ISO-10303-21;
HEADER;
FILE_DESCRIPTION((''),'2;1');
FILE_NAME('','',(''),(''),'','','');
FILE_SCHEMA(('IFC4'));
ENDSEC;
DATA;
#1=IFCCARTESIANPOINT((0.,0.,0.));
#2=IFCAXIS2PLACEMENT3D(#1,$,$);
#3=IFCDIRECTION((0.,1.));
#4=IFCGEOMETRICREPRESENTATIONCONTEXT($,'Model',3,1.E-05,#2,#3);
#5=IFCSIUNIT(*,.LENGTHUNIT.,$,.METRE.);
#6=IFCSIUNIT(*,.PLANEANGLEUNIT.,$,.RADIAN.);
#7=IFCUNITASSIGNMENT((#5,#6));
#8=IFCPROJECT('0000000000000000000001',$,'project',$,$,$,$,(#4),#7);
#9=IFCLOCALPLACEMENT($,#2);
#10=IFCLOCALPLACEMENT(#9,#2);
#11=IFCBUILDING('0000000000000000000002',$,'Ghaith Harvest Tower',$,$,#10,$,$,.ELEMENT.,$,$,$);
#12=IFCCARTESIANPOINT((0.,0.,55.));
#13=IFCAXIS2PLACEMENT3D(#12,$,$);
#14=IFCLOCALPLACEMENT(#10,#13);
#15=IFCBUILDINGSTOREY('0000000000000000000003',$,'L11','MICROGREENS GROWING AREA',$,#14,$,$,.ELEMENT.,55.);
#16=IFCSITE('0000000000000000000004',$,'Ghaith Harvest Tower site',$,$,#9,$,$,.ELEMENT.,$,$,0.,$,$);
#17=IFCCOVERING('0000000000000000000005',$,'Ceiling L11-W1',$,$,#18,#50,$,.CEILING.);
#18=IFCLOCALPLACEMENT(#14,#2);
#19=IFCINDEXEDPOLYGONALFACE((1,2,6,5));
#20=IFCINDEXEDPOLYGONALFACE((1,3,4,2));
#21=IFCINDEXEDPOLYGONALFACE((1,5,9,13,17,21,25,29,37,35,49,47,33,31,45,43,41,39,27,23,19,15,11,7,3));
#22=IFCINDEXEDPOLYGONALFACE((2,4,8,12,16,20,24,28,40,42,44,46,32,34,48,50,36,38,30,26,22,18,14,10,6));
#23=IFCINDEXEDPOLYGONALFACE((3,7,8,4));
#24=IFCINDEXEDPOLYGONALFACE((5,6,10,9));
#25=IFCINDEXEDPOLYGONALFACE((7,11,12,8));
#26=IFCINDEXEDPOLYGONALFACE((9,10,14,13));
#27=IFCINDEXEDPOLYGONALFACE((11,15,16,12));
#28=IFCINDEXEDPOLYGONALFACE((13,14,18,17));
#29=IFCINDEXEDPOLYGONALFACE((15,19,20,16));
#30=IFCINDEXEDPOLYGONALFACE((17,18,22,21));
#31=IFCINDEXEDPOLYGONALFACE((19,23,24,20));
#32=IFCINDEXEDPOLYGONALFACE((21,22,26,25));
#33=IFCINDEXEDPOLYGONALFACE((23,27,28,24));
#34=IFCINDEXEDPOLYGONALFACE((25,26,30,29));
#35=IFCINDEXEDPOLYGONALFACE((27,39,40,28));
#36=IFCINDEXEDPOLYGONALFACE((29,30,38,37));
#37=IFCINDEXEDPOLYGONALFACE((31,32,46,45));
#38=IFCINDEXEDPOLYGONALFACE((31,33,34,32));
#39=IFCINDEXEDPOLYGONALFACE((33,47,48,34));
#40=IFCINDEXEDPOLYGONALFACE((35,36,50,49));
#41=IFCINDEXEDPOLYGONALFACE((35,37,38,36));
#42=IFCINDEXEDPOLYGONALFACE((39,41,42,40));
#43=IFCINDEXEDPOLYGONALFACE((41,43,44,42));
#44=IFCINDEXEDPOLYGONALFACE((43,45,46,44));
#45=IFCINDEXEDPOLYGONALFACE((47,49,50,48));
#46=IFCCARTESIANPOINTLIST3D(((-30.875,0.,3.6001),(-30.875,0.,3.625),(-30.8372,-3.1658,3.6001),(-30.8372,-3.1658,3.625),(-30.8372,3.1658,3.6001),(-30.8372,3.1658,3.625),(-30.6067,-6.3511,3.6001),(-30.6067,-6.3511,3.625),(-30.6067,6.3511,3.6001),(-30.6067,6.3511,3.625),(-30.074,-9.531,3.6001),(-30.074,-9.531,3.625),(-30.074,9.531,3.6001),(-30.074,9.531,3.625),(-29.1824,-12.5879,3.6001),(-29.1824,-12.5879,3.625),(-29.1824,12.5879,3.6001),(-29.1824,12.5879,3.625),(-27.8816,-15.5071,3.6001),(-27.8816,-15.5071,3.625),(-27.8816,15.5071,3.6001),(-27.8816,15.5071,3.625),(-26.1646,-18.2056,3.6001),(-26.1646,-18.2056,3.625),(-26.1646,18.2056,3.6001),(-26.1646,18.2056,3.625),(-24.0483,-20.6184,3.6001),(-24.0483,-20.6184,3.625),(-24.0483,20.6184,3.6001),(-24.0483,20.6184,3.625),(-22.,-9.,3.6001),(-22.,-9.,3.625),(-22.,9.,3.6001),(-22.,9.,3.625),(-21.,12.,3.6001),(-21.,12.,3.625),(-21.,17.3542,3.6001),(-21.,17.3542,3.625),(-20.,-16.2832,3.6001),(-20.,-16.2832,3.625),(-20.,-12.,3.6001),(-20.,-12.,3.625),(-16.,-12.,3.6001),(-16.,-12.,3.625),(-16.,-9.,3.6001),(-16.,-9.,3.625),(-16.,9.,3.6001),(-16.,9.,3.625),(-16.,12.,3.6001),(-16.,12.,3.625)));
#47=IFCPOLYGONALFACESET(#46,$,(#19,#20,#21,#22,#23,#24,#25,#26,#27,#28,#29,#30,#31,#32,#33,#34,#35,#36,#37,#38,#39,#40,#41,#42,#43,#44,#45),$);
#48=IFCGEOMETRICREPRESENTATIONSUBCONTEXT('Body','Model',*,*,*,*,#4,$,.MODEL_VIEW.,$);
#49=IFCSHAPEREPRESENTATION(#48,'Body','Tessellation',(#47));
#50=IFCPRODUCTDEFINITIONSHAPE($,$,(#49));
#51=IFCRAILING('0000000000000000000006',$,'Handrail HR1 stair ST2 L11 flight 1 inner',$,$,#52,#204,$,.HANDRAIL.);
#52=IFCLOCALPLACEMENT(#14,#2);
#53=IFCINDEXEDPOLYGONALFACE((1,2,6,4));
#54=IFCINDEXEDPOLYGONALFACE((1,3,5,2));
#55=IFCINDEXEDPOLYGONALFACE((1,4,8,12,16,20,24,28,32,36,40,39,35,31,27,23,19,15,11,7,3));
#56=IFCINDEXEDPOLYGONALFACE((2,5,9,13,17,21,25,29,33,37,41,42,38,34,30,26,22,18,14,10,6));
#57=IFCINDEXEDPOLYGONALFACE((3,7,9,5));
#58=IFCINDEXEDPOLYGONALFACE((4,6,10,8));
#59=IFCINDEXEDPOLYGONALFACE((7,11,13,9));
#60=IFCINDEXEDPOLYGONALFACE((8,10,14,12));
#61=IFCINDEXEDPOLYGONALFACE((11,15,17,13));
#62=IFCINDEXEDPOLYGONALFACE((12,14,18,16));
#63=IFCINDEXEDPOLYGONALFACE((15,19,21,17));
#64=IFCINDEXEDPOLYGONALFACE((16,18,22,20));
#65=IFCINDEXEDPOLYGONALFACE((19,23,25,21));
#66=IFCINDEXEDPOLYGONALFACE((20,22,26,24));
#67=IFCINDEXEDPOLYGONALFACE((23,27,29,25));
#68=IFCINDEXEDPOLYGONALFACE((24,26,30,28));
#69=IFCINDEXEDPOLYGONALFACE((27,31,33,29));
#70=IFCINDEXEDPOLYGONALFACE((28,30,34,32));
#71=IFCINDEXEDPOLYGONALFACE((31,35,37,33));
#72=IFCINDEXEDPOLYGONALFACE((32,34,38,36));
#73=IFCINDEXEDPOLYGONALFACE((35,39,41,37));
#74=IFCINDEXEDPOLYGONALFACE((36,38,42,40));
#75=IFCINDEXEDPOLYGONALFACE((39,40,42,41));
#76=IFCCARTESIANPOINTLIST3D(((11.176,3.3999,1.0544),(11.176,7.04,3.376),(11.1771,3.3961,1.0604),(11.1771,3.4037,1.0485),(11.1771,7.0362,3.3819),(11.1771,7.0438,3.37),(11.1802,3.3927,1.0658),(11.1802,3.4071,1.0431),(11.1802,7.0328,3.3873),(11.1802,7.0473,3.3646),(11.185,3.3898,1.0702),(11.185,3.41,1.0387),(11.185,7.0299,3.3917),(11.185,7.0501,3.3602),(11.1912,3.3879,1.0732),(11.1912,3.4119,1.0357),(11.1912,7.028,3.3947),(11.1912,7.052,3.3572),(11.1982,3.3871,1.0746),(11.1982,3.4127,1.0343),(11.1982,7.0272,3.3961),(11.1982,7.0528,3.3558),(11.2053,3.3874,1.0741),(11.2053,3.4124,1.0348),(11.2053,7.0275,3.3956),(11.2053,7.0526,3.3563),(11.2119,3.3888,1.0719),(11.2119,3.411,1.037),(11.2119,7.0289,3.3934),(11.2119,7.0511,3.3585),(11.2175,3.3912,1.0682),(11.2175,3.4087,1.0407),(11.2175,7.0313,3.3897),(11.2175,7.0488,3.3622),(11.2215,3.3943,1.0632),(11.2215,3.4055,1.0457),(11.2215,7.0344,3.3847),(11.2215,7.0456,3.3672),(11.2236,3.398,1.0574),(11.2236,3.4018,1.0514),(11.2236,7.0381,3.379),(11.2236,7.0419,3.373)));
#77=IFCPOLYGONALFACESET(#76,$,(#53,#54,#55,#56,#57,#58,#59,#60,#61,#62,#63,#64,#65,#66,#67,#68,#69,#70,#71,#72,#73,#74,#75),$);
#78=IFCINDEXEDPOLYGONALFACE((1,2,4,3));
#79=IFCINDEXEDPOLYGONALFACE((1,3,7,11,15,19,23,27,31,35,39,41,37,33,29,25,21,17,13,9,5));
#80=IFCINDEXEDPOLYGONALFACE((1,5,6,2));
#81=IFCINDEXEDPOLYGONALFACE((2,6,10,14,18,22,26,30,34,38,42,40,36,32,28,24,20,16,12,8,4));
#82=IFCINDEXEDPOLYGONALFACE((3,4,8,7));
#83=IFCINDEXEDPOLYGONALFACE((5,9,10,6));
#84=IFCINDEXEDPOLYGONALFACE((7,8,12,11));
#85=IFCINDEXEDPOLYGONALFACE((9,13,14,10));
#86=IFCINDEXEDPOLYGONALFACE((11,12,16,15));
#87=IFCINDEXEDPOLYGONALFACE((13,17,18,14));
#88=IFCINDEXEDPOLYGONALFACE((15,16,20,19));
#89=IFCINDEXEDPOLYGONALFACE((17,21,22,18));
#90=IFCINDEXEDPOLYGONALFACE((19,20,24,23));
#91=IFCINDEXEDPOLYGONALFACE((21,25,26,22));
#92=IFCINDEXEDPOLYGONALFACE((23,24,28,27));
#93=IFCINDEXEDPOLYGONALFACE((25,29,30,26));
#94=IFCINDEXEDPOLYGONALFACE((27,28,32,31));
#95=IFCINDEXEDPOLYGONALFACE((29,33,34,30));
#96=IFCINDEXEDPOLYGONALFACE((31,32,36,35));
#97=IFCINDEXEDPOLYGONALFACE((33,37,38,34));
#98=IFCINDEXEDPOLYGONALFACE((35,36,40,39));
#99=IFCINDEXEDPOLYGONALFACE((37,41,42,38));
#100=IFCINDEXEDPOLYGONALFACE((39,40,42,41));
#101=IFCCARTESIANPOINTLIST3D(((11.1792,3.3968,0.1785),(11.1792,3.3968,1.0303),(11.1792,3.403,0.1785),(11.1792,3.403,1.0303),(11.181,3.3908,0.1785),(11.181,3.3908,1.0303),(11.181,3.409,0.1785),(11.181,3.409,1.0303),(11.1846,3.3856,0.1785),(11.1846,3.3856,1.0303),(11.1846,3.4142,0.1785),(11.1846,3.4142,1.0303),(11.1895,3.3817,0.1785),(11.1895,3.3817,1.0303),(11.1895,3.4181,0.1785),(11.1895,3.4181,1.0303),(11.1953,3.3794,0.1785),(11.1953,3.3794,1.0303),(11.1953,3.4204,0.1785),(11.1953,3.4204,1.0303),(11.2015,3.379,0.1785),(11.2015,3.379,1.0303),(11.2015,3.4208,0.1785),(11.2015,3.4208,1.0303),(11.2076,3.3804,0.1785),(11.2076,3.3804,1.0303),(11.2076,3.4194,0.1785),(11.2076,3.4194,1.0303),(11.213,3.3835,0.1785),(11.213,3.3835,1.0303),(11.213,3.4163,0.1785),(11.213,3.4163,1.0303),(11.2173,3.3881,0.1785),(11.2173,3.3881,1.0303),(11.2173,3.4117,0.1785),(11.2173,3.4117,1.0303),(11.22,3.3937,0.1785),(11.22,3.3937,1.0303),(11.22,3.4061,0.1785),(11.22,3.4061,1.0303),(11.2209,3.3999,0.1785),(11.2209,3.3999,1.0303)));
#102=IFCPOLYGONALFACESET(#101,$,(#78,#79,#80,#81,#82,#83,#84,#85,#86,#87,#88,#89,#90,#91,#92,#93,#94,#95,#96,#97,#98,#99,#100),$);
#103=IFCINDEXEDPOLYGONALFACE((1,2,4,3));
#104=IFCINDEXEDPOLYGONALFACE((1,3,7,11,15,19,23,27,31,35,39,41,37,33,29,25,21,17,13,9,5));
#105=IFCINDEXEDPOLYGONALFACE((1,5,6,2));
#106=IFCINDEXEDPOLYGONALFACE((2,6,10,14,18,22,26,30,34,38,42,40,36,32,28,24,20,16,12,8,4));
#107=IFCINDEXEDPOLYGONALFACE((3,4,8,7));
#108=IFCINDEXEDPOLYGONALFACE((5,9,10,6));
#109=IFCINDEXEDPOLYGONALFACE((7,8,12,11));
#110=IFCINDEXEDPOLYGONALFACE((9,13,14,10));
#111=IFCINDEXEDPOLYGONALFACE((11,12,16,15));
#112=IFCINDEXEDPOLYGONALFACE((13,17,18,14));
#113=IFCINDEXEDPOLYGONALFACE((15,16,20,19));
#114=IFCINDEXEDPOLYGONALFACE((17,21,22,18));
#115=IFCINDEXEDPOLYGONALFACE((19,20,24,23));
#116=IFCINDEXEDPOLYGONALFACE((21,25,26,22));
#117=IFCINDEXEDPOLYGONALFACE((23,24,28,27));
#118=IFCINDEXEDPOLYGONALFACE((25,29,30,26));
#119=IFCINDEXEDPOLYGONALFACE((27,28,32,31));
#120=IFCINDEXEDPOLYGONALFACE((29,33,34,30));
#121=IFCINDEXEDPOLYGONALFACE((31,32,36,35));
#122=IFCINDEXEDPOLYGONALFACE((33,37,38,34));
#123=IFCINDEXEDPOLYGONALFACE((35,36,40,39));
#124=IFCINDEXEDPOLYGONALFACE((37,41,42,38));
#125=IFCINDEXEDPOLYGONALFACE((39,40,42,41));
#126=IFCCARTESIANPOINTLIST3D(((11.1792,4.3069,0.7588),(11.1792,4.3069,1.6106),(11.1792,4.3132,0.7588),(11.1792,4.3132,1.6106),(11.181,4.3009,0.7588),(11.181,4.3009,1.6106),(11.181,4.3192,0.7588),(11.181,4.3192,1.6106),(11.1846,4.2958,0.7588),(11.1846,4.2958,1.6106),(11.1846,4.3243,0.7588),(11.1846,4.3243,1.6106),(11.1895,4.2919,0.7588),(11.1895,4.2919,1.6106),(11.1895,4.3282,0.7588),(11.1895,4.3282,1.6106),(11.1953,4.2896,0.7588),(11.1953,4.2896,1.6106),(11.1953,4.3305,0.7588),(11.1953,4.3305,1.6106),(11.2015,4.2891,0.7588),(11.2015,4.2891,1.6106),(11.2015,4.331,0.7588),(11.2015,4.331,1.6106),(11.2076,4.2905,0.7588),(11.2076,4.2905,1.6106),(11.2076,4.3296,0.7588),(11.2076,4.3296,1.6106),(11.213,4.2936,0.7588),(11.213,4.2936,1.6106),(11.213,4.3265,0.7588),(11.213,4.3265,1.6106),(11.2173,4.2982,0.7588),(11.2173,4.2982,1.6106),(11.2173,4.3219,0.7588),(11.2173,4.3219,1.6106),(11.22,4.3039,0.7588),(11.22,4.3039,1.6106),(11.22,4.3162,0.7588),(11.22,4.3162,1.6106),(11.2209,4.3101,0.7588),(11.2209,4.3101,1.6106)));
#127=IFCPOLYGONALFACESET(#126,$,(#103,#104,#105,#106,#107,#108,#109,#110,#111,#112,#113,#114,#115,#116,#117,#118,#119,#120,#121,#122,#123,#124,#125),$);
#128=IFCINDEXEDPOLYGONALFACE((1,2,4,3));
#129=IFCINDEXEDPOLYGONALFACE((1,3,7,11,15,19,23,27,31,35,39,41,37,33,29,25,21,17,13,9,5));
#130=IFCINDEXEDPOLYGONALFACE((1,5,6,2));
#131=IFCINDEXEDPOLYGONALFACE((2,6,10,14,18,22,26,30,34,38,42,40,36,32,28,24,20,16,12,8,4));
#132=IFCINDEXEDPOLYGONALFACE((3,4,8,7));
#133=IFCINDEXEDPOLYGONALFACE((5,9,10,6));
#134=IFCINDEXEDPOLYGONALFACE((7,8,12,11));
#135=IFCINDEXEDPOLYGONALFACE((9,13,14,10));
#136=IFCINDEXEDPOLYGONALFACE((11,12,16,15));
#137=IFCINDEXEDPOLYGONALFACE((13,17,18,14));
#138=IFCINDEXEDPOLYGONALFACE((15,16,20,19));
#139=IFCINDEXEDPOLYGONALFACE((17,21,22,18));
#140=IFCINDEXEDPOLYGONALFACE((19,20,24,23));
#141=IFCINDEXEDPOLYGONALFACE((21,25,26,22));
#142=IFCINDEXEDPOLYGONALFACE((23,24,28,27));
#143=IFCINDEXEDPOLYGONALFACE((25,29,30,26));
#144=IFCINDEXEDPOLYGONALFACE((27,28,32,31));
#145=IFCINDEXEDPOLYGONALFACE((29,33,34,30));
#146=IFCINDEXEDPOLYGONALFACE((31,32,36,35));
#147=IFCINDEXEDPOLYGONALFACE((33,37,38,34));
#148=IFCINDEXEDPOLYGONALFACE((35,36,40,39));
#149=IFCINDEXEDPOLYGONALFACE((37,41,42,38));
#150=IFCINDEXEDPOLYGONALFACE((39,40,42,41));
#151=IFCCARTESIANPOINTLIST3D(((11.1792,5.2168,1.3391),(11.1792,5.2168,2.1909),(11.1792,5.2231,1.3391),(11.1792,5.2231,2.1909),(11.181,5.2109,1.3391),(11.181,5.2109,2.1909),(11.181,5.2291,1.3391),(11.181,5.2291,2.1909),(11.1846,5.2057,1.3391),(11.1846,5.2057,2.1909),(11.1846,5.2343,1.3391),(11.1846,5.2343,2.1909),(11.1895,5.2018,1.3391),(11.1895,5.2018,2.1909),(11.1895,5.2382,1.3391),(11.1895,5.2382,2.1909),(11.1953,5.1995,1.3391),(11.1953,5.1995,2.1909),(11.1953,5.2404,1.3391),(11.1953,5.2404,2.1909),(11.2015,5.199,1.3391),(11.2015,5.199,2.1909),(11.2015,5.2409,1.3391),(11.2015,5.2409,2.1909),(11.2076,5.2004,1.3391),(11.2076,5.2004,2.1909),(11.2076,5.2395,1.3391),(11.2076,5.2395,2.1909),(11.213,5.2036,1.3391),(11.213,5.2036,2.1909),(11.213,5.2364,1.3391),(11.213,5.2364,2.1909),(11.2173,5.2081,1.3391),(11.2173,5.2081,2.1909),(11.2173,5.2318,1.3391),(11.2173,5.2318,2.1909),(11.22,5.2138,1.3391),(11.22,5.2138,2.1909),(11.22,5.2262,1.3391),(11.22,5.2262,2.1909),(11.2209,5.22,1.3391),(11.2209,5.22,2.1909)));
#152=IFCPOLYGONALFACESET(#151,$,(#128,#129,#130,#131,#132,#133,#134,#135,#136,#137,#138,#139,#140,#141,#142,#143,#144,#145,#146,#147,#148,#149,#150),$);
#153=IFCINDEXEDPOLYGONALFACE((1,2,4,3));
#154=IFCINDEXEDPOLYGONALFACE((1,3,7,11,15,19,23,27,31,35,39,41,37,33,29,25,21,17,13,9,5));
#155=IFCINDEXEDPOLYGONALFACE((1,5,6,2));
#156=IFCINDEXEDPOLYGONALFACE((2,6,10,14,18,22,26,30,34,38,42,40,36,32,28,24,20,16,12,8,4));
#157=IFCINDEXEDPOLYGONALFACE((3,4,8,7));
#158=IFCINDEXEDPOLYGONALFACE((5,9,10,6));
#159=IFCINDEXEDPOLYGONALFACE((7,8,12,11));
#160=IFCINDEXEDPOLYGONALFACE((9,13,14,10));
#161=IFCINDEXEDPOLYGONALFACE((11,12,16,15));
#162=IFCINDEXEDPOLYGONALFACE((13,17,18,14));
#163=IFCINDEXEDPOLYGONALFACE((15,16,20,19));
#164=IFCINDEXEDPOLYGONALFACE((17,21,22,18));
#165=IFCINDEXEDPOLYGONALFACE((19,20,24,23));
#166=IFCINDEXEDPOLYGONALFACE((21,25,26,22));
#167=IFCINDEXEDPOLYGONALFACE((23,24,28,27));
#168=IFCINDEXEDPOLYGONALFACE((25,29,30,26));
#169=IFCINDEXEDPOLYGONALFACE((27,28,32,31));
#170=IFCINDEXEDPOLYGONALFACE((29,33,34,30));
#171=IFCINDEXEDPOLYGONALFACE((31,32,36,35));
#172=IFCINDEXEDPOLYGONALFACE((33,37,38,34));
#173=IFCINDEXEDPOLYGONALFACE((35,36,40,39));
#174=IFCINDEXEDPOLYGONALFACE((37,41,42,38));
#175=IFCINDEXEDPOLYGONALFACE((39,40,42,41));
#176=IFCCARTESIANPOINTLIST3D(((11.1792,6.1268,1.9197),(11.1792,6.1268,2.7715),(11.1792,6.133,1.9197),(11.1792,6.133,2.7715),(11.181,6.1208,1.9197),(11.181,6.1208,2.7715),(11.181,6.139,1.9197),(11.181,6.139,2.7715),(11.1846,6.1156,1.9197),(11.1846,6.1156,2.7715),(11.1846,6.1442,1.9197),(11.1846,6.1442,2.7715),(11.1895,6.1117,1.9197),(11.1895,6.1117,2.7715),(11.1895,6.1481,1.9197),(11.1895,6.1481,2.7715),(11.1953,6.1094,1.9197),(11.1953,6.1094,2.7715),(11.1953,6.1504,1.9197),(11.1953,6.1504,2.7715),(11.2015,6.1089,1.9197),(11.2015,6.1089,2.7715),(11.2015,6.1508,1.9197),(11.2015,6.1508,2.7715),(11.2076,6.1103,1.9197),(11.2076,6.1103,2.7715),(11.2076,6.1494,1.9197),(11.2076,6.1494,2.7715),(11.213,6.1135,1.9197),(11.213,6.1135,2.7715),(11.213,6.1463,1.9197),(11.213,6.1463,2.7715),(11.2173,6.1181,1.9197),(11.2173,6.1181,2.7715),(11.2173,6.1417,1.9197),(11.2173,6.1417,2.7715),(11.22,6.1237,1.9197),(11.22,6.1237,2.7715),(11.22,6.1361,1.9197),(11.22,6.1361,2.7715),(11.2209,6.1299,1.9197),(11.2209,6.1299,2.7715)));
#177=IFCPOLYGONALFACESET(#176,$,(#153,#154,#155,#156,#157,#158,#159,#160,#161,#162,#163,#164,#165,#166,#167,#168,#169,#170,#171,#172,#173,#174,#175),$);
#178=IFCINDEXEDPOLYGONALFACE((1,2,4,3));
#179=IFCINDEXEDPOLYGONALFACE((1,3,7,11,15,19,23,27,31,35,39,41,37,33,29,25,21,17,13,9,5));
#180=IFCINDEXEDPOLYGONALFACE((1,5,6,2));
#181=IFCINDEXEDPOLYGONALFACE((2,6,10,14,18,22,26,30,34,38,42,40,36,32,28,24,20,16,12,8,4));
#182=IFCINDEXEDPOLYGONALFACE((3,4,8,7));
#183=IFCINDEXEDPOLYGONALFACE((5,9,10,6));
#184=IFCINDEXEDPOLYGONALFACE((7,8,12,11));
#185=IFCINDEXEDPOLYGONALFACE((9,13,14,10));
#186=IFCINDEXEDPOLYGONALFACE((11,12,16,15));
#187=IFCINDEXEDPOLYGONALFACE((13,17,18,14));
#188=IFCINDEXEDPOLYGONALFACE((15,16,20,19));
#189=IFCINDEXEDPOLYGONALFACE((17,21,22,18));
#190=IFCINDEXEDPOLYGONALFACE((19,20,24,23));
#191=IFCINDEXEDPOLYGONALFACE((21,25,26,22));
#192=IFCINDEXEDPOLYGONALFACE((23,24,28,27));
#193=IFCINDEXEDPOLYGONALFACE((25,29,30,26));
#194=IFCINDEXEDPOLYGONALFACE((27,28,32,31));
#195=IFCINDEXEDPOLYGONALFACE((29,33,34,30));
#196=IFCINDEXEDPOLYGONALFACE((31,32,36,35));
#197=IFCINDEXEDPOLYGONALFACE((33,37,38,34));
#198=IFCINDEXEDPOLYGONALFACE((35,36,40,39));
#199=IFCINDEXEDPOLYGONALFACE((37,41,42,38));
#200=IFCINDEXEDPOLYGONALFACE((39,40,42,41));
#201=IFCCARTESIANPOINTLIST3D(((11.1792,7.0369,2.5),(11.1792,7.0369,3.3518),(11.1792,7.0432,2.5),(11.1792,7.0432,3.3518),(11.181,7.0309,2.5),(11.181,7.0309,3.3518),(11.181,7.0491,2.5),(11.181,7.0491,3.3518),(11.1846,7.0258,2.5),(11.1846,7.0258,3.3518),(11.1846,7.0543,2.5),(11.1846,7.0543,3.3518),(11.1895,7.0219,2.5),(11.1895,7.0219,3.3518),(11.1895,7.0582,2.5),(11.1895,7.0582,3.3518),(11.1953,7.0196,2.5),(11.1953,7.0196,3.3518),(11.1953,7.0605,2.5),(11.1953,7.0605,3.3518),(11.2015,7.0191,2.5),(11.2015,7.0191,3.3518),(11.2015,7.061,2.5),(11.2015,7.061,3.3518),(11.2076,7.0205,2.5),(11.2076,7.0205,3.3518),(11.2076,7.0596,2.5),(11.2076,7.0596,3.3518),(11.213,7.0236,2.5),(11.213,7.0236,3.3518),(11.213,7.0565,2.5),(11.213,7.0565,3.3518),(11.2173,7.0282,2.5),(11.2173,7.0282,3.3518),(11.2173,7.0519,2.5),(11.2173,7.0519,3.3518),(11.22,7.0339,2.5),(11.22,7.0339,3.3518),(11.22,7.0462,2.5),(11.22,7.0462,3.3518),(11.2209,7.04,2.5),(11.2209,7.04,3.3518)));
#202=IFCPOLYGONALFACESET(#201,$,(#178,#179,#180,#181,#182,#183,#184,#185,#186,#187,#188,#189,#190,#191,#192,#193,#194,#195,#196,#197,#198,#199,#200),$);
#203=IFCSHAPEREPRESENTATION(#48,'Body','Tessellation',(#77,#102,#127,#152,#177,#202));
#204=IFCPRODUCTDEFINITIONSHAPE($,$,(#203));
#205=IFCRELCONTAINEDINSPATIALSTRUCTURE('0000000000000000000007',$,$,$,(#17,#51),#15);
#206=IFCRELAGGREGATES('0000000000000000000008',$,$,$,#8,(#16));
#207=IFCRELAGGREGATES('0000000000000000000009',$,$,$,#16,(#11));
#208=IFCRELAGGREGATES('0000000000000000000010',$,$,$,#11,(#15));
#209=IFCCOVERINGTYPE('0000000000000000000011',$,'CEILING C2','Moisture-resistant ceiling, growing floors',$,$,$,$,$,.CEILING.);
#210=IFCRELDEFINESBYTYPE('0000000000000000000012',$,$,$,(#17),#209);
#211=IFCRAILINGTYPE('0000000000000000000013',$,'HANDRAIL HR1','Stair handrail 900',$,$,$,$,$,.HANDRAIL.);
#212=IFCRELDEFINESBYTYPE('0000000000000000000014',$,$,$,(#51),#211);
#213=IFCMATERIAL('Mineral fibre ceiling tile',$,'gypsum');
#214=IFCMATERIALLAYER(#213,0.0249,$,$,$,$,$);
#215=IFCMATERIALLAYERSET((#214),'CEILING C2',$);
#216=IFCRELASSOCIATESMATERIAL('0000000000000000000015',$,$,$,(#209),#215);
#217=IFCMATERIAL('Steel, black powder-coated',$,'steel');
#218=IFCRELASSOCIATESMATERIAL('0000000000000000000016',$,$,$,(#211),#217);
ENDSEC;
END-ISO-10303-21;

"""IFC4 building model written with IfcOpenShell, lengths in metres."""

from ifc_helpers import new_model, si_unit, direction, frame, origin, origin_2d, place, context, subcontext, project, spatial, polyline, circle, outline, extrude, material, layer, layer_set, type_object, element, save


model = new_model("IFC4")

# Units and contexts
model_context = context("Model", 3, precision=1e-05, world=origin(), true_north=direction((0.0, 1.0)))
body_context = subcontext(model_context, "Body", "Model", "MODEL_VIEW")
ifc_project = project(units=[si_unit("LENGTHUNIT", "METRE"), si_unit("PLANEANGLEUNIT", "RADIAN")], contexts=[model_context])

# Site, building, storey
site_placement = place(None, origin())
site = spatial("IfcSite", under=ifc_project, at=site_placement, Name="Ghaith Harvest Tower site", CompositionType="ELEMENT", RefElevation=0.0)
building_placement = place(site_placement, origin())
building = spatial("IfcBuilding", under=site, at=building_placement, Name="Ghaith Harvest Tower", CompositionType="ELEMENT")
storey_placement = place(building_placement, frame((0.0, 0.0, 55.0)))
storey = spatial("IfcBuildingStorey", under=building, at=storey_placement, Name="L11", Description="MICROGREENS GROWING AREA", CompositionType="ELEMENT", Elevation=55.0)

# Covering
ifc_material_1 = material(Name="Mineral fibre ceiling tile", Category="gypsum")
ifc_layer_1 = layer(ifc_material_1, 0.0249)
ifc_layer_set_1 = layer_set([ifc_layer_1], Name="CEILING C2")
covering_type = type_object("IfcCoveringType", Name="CEILING C2", Description="Moisture-resistant ceiling, growing floors", PredefinedType="CEILING", material=ifc_layer_set_1)
covering_1_placement = place(storey_placement, frame((0.0, 0.0, 3.6001)))
element("IfcCovering", 1, at=covering_1_placement, inside=storey, type_object=covering_type, Name="Ceiling L11-W1", PredefinedType="CEILING", context=body_context, shape_type="SweptSolid", body=[
    extrude(outline(polyline([(-26.1646, -18.2056), (-27.8816, -15.5071), (-29.1824, -12.5879), (-30.074, -9.531), (-30.6067, -6.3511), (-30.8372, -3.1658), (-30.875, 0.0), (-30.8372, 3.1658), (-30.6067, 6.3511), (-30.074, 9.531), (-29.1824, 12.5879), (-27.8816, 15.5071), (-26.1646, 18.2056), (-24.0483, 20.6184), (-21.0, 17.3542), (-21.0, 12.0), (-16.0, 12.0), (-16.0, 9.0), (-22.0, 9.0), (-22.0, -9.0), (-16.0, -9.0), (-16.0, -12.0), (-20.0, -12.0), (-20.0, -16.2832), (-24.0483, -20.6184), (-26.1646, -18.2056)])), origin(), (0.0, 0.0, 1.0), 0.0249),
])

# Railing
ifc_material_2 = material(Name="Steel, black powder-coated", Category="steel")
railing_type = type_object("IfcRailingType", Name="HANDRAIL HR1", Description="Stair handrail 900", PredefinedType="HANDRAIL", material=ifc_material_2)
railing_1_placement = place(storey_placement, frame((11.2, 3.3999, 0.1785)))
element("IfcRailing", 2, at=railing_1_placement, inside=storey, type_object=railing_type, Name="Handrail HR1 stair ST2 L11 flight 1 inner", PredefinedType="HANDRAIL", context=body_context, shape_type="SweptSolid", body=[
    extrude(circle(Radius=0.0239, at=origin_2d()), frame((0.0, 0.0, 0.876), z_axis=(0.0, 0.843128, 0.537713), x_axis=(-1.0, 0.0, 0.0)), (0.0, 0.0, 1.0), 4.3174),
    extrude(circle(Radius=0.021, at=origin_2d()), origin(), (0.0, 0.0, 1.0), 0.8518),
    extrude(circle(Radius=0.021, at=origin_2d()), frame((0.0, 0.9102, 0.5803)), (0.0, 0.0, 1.0), 0.8518),
    extrude(circle(Radius=0.021, at=origin_2d()), frame((0.0, 1.8201, 1.1606)), (0.0, 0.0, 1.0), 0.8518),
    extrude(circle(Radius=0.021, at=origin_2d()), frame((0.0, 2.73, 1.7412)), (0.0, 0.0, 1.0), 0.8518),
    extrude(circle(Radius=0.021, at=origin_2d()), frame((0.0, 3.6401, 2.3215)), (0.0, 0.0, 1.0), 0.8518),
])

save(model, "model.ifc")
